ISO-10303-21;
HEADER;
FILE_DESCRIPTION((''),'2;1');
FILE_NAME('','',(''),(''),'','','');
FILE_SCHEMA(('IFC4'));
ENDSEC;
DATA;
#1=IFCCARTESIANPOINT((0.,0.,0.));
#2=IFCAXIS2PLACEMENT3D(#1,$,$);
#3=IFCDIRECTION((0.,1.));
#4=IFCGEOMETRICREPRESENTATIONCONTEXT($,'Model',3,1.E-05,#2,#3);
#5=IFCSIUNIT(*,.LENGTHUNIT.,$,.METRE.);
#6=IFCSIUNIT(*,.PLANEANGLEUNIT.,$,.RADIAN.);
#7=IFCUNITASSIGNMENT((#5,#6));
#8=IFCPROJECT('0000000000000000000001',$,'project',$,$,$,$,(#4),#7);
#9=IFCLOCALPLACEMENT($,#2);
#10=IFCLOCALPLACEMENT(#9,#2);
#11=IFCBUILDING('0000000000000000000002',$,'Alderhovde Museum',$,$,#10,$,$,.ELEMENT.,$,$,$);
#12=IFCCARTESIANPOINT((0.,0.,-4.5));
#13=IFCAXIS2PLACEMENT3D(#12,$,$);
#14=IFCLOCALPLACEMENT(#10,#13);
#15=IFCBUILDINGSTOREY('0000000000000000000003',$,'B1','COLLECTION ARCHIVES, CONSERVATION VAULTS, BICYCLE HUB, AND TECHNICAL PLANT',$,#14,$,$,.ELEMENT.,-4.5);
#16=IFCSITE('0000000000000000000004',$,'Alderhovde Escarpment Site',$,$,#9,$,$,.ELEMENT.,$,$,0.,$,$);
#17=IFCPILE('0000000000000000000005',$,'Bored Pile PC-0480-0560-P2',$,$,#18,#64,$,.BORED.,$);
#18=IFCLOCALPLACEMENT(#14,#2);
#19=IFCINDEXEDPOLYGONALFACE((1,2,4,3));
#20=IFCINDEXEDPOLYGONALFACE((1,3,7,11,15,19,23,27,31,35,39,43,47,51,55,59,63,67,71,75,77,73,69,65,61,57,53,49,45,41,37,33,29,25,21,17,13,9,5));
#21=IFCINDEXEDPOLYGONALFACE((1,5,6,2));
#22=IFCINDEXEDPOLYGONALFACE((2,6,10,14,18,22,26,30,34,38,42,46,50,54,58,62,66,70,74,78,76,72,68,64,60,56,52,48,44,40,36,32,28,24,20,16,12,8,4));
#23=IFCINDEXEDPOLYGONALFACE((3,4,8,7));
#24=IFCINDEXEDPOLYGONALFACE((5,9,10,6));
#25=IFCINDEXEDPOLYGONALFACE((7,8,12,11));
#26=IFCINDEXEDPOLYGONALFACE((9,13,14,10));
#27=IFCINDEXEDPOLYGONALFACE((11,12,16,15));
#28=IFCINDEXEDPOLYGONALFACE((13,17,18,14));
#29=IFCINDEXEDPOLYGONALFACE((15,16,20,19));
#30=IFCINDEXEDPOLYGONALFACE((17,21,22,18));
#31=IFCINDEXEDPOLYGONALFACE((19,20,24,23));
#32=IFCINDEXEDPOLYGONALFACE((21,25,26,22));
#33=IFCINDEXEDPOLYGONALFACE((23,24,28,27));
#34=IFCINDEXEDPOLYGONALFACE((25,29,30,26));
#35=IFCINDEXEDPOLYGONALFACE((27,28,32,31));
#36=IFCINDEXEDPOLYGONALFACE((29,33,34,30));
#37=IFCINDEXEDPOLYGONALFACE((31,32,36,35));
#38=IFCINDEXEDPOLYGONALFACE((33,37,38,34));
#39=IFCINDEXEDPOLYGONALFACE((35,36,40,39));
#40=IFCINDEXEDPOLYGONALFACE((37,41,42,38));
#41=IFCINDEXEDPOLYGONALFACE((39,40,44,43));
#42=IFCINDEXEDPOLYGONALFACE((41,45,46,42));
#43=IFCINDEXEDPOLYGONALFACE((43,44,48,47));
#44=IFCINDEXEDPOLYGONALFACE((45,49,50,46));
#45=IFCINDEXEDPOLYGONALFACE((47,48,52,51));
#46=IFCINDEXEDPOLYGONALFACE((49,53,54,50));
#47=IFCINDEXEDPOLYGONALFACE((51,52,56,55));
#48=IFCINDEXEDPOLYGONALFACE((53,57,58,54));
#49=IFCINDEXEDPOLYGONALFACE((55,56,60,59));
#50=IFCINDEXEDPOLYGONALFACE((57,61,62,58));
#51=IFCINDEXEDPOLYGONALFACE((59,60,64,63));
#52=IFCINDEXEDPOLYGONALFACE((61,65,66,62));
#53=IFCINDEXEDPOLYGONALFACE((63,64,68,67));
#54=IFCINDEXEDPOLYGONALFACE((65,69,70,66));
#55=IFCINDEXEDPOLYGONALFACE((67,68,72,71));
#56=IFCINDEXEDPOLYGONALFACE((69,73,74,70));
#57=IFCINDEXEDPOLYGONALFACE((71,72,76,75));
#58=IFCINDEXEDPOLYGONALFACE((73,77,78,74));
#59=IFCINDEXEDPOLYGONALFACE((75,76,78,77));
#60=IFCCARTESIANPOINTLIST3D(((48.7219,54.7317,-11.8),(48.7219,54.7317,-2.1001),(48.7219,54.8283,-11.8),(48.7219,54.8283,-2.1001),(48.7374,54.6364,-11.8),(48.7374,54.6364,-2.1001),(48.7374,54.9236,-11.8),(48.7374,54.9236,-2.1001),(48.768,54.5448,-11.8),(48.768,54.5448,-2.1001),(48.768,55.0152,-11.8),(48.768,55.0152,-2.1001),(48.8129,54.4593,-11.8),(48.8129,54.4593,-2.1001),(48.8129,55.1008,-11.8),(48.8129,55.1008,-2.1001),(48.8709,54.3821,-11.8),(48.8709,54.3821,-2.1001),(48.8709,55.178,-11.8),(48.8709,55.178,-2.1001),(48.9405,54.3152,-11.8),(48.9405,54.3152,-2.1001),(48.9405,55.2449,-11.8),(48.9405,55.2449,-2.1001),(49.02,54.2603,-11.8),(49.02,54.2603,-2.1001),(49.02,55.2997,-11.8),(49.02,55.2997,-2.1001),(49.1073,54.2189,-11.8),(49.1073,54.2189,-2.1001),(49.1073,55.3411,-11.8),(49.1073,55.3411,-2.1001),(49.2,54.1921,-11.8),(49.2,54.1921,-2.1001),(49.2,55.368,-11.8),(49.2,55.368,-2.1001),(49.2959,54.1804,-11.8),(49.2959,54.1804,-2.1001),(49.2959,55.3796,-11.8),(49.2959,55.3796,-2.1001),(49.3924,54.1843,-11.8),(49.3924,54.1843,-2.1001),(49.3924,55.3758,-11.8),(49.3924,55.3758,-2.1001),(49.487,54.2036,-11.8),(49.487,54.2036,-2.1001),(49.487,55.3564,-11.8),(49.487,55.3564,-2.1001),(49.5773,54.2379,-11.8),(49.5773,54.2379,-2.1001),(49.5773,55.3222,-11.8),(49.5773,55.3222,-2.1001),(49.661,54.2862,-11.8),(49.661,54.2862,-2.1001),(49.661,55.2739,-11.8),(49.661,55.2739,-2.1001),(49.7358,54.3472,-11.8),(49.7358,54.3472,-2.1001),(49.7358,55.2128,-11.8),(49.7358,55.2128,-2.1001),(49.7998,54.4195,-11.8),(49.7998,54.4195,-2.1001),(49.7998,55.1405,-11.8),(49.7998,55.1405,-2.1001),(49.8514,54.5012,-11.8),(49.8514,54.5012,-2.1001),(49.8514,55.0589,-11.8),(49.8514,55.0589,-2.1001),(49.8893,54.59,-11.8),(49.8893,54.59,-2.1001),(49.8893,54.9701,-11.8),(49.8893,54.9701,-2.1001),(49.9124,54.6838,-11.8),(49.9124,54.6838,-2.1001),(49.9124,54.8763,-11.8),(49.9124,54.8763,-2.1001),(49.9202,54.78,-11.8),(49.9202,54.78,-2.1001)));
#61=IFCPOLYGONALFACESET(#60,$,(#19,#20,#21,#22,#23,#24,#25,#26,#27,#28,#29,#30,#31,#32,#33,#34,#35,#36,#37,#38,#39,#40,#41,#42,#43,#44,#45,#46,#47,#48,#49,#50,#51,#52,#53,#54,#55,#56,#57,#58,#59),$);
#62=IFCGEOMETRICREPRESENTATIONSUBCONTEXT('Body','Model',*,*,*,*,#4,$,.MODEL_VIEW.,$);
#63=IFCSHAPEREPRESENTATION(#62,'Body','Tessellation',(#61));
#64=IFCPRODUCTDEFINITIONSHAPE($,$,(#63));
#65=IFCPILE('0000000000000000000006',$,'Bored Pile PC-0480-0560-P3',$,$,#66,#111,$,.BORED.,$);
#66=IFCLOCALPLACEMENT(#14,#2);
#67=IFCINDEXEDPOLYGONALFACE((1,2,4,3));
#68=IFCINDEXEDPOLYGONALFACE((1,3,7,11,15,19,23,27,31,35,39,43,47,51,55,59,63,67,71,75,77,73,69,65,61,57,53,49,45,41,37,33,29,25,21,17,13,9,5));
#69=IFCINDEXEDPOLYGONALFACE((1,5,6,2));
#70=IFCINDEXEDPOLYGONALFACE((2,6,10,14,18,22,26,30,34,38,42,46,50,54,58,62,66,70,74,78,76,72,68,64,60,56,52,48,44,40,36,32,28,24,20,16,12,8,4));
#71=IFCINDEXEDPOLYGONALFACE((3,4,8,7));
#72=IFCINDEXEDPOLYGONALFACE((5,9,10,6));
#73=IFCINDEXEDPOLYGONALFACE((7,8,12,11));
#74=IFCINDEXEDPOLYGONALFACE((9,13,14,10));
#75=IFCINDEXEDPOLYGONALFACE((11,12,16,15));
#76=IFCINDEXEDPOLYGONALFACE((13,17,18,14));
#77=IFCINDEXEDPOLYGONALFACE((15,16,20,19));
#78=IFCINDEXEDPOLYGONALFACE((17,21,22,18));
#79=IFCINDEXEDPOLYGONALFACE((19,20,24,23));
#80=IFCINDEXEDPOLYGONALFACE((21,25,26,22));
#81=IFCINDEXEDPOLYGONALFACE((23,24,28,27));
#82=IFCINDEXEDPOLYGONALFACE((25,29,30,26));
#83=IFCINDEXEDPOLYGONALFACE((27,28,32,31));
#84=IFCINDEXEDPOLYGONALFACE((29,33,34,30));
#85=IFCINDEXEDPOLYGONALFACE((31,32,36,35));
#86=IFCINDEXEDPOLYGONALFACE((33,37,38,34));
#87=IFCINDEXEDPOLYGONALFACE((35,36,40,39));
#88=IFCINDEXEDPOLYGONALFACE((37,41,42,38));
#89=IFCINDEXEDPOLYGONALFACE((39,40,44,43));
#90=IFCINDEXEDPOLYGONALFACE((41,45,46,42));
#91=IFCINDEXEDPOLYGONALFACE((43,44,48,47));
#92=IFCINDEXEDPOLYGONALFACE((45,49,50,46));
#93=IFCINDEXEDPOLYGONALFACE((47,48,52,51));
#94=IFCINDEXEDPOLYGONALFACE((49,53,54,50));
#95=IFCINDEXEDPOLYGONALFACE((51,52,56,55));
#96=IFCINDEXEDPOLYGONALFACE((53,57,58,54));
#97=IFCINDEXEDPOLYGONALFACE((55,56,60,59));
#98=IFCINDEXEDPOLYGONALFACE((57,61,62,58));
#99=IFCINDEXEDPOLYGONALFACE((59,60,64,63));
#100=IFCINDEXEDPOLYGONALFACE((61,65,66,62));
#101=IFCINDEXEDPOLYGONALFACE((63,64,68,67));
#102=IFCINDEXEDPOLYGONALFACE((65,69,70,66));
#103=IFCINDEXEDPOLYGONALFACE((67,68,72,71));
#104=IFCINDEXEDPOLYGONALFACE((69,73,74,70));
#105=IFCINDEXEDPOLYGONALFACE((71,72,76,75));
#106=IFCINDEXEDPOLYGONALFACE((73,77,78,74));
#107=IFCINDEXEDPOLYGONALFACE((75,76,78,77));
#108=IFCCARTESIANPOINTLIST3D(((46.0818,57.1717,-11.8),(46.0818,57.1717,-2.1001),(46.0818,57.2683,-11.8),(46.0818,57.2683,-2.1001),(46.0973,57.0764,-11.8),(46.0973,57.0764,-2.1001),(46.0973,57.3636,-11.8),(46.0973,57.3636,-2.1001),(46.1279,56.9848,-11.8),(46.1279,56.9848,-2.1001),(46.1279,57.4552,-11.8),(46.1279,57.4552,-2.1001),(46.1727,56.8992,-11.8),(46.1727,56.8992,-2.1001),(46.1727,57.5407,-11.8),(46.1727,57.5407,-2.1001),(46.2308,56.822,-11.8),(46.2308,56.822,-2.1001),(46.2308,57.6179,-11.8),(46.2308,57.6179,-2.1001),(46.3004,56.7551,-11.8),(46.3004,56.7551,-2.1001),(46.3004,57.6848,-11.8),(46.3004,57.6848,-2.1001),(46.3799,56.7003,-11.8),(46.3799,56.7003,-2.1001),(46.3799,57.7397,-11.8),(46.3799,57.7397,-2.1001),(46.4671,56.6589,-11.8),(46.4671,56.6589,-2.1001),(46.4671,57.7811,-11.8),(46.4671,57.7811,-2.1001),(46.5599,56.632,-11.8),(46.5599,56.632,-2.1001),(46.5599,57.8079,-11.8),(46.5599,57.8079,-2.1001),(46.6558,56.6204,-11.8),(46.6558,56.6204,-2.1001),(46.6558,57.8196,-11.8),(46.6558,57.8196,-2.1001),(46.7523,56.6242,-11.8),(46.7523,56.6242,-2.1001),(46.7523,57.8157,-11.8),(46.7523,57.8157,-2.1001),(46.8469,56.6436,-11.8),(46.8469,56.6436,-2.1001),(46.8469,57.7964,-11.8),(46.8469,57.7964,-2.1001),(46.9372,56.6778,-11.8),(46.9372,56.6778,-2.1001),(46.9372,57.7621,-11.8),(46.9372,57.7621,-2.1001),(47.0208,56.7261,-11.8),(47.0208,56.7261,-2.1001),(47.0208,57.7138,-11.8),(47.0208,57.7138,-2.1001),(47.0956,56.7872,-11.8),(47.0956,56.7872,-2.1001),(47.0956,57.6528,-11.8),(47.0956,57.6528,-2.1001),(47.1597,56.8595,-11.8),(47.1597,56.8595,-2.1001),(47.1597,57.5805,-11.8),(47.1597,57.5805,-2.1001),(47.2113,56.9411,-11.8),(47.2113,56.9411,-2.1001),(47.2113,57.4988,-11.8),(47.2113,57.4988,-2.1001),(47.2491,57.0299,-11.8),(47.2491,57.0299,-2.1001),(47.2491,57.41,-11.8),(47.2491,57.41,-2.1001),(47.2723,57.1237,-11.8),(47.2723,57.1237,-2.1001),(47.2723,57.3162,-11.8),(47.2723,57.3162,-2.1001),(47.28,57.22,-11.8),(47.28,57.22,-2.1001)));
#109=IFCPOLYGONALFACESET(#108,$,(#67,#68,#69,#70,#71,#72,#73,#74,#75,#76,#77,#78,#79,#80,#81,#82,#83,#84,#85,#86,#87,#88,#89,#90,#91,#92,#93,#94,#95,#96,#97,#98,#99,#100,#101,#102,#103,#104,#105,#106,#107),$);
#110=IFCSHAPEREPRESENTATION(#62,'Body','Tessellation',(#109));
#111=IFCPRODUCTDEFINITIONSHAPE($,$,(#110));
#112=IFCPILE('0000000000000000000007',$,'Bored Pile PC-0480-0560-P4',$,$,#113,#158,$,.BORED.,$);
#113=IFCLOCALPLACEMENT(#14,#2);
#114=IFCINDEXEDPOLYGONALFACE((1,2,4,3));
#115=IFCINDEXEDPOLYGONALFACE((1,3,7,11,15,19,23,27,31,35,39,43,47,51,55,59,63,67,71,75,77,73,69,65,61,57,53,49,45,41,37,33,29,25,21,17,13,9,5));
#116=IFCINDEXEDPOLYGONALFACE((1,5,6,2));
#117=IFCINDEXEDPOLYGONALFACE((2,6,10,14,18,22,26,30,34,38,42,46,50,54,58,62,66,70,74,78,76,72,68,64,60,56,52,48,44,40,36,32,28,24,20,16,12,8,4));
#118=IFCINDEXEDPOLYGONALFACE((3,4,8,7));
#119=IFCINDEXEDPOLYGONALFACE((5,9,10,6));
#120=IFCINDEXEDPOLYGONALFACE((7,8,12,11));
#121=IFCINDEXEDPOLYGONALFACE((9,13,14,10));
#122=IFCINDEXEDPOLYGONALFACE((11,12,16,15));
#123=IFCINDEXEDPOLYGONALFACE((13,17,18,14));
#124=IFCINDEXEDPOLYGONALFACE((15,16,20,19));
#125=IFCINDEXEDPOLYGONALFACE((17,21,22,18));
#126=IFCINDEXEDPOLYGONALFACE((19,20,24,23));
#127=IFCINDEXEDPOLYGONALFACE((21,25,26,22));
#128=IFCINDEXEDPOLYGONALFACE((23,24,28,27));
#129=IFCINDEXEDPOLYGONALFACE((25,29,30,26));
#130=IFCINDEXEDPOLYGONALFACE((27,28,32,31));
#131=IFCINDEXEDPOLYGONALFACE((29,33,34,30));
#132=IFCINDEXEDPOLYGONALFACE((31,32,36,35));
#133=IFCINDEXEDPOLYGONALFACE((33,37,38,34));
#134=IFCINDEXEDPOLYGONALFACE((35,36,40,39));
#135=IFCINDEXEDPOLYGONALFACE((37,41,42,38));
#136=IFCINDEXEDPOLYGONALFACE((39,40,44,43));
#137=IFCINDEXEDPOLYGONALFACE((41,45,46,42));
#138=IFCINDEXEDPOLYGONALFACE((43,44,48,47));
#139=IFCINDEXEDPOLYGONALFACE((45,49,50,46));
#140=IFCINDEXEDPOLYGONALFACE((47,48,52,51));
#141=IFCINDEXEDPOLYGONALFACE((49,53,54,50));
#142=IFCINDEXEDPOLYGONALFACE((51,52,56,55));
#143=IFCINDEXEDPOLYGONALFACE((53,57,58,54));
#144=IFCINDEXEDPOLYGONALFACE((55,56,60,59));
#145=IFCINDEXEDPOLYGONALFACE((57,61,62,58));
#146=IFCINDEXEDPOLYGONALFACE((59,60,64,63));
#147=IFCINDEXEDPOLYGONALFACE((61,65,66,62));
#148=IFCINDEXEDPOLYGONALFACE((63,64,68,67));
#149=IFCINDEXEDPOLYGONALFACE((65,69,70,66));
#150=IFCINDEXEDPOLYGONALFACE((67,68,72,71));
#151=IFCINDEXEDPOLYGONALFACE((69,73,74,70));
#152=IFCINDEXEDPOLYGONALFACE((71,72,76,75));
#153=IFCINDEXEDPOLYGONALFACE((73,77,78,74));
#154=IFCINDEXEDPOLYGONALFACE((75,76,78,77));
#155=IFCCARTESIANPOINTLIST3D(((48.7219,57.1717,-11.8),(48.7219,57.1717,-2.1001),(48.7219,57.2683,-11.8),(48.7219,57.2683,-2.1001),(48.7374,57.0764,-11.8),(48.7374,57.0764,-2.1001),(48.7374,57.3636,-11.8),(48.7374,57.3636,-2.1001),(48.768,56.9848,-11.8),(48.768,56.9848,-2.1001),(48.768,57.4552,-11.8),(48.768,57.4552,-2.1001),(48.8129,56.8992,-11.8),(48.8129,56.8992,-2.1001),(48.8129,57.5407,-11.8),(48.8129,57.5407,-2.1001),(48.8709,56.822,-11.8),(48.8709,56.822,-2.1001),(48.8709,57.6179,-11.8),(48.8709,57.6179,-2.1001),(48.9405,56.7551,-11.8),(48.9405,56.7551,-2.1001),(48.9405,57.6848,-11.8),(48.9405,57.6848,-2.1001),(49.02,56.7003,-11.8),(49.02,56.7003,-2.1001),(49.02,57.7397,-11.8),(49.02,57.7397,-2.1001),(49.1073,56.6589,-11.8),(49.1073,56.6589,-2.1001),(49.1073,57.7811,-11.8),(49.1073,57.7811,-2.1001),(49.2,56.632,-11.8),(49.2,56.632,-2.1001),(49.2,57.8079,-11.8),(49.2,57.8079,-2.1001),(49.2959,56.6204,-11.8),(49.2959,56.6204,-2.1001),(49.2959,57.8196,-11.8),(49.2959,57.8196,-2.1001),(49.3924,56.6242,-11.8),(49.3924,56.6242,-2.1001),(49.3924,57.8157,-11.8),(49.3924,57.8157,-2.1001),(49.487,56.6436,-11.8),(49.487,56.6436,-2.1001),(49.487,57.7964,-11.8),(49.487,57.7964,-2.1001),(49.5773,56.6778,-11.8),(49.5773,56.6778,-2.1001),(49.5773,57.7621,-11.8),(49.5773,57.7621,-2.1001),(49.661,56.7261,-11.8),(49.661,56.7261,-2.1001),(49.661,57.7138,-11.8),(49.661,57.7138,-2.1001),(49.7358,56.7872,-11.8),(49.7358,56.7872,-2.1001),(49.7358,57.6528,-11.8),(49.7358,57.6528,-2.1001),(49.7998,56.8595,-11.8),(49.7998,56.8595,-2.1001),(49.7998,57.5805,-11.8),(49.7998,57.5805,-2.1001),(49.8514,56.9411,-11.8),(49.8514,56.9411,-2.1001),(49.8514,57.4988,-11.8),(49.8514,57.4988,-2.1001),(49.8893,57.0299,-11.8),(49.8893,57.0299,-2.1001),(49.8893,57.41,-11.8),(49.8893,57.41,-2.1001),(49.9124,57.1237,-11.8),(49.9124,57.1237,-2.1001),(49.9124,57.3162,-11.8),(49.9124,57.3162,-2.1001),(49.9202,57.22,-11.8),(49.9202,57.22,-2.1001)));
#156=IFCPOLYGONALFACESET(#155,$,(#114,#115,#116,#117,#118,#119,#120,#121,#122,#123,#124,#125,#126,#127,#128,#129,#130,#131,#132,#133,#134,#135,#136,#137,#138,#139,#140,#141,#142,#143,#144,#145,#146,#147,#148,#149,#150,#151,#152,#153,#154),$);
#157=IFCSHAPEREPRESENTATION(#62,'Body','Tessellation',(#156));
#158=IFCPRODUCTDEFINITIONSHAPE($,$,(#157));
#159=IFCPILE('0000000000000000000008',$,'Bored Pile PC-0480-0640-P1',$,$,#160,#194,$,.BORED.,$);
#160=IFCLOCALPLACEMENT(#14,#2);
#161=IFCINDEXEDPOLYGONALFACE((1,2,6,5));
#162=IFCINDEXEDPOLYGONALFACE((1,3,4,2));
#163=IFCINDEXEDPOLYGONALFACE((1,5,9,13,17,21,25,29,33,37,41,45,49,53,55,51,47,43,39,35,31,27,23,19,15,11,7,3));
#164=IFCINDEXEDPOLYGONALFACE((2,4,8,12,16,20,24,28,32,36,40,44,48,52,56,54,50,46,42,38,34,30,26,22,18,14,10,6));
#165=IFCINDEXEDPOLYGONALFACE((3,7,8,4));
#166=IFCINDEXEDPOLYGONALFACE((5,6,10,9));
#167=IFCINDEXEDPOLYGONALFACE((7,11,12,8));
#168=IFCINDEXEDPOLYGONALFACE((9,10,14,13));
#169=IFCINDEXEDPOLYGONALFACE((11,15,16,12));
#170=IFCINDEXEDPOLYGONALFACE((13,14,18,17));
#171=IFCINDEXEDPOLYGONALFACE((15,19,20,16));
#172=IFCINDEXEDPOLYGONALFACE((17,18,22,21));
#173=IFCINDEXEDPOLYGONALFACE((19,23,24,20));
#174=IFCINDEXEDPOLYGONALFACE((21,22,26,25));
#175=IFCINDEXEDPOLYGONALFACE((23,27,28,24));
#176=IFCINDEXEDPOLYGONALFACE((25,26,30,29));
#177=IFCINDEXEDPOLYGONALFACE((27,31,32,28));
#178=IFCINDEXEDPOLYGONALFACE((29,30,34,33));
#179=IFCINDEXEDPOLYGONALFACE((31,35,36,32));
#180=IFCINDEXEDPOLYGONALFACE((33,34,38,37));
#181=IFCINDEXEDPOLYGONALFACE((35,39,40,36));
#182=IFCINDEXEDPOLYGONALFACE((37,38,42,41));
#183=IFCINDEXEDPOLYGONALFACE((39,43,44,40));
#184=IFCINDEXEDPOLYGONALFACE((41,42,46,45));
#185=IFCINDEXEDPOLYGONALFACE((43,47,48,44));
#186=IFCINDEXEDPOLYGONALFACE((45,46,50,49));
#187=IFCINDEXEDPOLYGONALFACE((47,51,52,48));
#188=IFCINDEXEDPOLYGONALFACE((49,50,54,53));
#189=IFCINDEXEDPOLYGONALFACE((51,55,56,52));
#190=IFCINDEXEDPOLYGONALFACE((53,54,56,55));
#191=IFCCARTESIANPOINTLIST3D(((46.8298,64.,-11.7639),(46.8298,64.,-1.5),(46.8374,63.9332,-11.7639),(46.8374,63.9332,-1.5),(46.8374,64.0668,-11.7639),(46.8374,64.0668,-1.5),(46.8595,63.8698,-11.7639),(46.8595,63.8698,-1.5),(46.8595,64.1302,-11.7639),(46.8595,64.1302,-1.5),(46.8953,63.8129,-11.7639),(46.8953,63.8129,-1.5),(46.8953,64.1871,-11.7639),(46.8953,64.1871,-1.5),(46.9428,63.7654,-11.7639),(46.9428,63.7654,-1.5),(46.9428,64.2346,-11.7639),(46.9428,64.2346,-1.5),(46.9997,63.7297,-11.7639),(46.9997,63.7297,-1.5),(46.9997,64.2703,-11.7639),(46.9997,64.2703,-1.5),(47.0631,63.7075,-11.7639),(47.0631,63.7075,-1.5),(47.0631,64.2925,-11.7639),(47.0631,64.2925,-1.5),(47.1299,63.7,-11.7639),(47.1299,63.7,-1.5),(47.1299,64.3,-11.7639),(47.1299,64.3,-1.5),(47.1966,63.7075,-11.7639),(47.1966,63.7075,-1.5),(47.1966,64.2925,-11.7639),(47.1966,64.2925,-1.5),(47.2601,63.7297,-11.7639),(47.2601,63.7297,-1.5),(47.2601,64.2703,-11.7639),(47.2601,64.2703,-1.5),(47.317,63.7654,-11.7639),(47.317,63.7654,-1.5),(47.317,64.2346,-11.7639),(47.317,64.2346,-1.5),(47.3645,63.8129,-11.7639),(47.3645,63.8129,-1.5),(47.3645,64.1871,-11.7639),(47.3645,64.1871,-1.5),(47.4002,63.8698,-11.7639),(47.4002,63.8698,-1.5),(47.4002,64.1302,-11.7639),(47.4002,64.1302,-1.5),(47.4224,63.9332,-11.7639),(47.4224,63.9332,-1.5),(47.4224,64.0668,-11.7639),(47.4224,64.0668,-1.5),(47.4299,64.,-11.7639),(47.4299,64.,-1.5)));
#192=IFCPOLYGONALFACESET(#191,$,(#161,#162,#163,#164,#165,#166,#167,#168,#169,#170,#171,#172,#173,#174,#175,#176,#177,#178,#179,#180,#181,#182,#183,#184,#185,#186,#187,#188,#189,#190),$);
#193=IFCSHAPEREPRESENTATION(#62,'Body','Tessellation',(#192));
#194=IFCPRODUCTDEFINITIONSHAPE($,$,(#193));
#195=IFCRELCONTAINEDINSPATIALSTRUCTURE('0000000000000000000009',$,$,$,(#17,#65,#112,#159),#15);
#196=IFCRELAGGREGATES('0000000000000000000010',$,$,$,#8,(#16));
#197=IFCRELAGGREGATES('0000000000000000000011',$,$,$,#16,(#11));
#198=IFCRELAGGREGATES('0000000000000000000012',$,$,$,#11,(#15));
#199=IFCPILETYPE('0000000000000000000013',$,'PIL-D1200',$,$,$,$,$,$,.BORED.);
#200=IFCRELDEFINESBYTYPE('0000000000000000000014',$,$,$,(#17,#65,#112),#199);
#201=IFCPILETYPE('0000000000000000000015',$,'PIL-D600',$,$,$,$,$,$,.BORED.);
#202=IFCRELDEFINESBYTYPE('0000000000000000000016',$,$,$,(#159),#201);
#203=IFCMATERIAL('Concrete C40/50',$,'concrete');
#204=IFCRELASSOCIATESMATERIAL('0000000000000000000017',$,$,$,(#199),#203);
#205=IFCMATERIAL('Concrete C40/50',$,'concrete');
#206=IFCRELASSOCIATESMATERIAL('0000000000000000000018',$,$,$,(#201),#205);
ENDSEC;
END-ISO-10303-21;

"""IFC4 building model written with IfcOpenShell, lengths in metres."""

from ifc_helpers import new_model, si_unit, direction, frame, origin, origin_2d, place, context, subcontext, project, spatial, circle, extrude, material, material_profile, profile_set, type_object, element, save


model = new_model("IFC4")

# Units and contexts
model_context = context("Model", 3, precision=1e-05, world=origin(), true_north=direction((0.0, 1.0)))
body_context = subcontext(model_context, "Body", "Model", "MODEL_VIEW")
ifc_project = project(units=[si_unit("LENGTHUNIT", "METRE"), si_unit("PLANEANGLEUNIT", "RADIAN")], contexts=[model_context])

# Site, building, storey
site_placement = place(None, origin())
site = spatial("IfcSite", under=ifc_project, at=site_placement, Name="Alderhovde Escarpment Site", CompositionType="ELEMENT", RefElevation=0.0)
building_placement = place(site_placement, origin())
building = spatial("IfcBuilding", under=site, at=building_placement, Name="Alderhovde Museum", CompositionType="ELEMENT")
storey_placement = place(building_placement, frame((0.0, 0.0, -4.5)))
storey = spatial("IfcBuildingStorey", under=building, at=storey_placement, Name="B1", Description="COLLECTION ARCHIVES, CONSERVATION VAULTS, BICYCLE HUB, AND TECHNICAL PLANT", CompositionType="ELEMENT", Elevation=-4.5)

# Piles
ifc_material_1 = material(Name="Concrete C40/50", Category="concrete")
ifc_material_profile_1 = material_profile(ifc_material_1, circle(Radius=0.6001, at=origin_2d()), Name="PILE-D1200")
ifc_profile_set_1 = profile_set([ifc_material_profile_1], Name="Concrete C40/50")
pile_type_1 = type_object("IfcPileType", Name="PIL-D1200", PredefinedType="BORED", material=ifc_profile_set_1)
for number, where, z_axis, x_axis, name in (
    (1, (49.3201, 54.78, -2.1001), (0.0, 0.0, -1.0), (1.0, 0.0, 0.0), "Bored Pile PC-0480-0560-P2"),
    (2, (46.6799, 57.22, -2.1001), (0.0, 0.0, -1.0), (1.0, 0.0, 0.0), "Bored Pile PC-0480-0560-P3"),
    (3, (49.3201, 57.22, -2.1001), (0.0, 0.0, -1.0), (1.0, 0.0, 0.0), "Bored Pile PC-0480-0560-P4"),
):
    element("IfcPile", number, at=place(storey_placement, frame(where, z_axis=z_axis, x_axis=x_axis)), inside=storey, type_object=pile_type_1, Name=name, PredefinedType="BORED", context=body_context, shape_type="SweptSolid", body=[
        extrude(circle(Radius=0.6001, at=origin_2d()), origin(), (0.0, 0.0, 1.0), 9.7),
    ])
ifc_material_2 = material(Name="Concrete C40/50", Category="concrete")
ifc_material_profile_2 = material_profile(ifc_material_2, circle(Radius=0.3, at=origin_2d()), Name="PILE-D600")
ifc_profile_set_2 = profile_set([ifc_material_profile_2], Name="Concrete C40/50")
pile_type_2 = type_object("IfcPileType", Name="PIL-D600", PredefinedType="BORED", material=ifc_profile_set_2)
for number, where, z_axis, x_axis, name in (
    (4, (47.1299, 64.0, -1.5), (0.0, 0.0, -1.0), (1.0, 0.0, 0.0), "Bored Pile PC-0480-0640-P1"),
):
    element("IfcPile", number, at=place(storey_placement, frame(where, z_axis=z_axis, x_axis=x_axis)), inside=storey, type_object=pile_type_2, Name=name, PredefinedType="BORED", context=body_context, shape_type="SweptSolid", body=[
        extrude(circle(Radius=0.3, at=origin_2d()), origin(), (0.0, 0.0, 1.0), 10.2639),
    ])

save(model, "model.ifc")
